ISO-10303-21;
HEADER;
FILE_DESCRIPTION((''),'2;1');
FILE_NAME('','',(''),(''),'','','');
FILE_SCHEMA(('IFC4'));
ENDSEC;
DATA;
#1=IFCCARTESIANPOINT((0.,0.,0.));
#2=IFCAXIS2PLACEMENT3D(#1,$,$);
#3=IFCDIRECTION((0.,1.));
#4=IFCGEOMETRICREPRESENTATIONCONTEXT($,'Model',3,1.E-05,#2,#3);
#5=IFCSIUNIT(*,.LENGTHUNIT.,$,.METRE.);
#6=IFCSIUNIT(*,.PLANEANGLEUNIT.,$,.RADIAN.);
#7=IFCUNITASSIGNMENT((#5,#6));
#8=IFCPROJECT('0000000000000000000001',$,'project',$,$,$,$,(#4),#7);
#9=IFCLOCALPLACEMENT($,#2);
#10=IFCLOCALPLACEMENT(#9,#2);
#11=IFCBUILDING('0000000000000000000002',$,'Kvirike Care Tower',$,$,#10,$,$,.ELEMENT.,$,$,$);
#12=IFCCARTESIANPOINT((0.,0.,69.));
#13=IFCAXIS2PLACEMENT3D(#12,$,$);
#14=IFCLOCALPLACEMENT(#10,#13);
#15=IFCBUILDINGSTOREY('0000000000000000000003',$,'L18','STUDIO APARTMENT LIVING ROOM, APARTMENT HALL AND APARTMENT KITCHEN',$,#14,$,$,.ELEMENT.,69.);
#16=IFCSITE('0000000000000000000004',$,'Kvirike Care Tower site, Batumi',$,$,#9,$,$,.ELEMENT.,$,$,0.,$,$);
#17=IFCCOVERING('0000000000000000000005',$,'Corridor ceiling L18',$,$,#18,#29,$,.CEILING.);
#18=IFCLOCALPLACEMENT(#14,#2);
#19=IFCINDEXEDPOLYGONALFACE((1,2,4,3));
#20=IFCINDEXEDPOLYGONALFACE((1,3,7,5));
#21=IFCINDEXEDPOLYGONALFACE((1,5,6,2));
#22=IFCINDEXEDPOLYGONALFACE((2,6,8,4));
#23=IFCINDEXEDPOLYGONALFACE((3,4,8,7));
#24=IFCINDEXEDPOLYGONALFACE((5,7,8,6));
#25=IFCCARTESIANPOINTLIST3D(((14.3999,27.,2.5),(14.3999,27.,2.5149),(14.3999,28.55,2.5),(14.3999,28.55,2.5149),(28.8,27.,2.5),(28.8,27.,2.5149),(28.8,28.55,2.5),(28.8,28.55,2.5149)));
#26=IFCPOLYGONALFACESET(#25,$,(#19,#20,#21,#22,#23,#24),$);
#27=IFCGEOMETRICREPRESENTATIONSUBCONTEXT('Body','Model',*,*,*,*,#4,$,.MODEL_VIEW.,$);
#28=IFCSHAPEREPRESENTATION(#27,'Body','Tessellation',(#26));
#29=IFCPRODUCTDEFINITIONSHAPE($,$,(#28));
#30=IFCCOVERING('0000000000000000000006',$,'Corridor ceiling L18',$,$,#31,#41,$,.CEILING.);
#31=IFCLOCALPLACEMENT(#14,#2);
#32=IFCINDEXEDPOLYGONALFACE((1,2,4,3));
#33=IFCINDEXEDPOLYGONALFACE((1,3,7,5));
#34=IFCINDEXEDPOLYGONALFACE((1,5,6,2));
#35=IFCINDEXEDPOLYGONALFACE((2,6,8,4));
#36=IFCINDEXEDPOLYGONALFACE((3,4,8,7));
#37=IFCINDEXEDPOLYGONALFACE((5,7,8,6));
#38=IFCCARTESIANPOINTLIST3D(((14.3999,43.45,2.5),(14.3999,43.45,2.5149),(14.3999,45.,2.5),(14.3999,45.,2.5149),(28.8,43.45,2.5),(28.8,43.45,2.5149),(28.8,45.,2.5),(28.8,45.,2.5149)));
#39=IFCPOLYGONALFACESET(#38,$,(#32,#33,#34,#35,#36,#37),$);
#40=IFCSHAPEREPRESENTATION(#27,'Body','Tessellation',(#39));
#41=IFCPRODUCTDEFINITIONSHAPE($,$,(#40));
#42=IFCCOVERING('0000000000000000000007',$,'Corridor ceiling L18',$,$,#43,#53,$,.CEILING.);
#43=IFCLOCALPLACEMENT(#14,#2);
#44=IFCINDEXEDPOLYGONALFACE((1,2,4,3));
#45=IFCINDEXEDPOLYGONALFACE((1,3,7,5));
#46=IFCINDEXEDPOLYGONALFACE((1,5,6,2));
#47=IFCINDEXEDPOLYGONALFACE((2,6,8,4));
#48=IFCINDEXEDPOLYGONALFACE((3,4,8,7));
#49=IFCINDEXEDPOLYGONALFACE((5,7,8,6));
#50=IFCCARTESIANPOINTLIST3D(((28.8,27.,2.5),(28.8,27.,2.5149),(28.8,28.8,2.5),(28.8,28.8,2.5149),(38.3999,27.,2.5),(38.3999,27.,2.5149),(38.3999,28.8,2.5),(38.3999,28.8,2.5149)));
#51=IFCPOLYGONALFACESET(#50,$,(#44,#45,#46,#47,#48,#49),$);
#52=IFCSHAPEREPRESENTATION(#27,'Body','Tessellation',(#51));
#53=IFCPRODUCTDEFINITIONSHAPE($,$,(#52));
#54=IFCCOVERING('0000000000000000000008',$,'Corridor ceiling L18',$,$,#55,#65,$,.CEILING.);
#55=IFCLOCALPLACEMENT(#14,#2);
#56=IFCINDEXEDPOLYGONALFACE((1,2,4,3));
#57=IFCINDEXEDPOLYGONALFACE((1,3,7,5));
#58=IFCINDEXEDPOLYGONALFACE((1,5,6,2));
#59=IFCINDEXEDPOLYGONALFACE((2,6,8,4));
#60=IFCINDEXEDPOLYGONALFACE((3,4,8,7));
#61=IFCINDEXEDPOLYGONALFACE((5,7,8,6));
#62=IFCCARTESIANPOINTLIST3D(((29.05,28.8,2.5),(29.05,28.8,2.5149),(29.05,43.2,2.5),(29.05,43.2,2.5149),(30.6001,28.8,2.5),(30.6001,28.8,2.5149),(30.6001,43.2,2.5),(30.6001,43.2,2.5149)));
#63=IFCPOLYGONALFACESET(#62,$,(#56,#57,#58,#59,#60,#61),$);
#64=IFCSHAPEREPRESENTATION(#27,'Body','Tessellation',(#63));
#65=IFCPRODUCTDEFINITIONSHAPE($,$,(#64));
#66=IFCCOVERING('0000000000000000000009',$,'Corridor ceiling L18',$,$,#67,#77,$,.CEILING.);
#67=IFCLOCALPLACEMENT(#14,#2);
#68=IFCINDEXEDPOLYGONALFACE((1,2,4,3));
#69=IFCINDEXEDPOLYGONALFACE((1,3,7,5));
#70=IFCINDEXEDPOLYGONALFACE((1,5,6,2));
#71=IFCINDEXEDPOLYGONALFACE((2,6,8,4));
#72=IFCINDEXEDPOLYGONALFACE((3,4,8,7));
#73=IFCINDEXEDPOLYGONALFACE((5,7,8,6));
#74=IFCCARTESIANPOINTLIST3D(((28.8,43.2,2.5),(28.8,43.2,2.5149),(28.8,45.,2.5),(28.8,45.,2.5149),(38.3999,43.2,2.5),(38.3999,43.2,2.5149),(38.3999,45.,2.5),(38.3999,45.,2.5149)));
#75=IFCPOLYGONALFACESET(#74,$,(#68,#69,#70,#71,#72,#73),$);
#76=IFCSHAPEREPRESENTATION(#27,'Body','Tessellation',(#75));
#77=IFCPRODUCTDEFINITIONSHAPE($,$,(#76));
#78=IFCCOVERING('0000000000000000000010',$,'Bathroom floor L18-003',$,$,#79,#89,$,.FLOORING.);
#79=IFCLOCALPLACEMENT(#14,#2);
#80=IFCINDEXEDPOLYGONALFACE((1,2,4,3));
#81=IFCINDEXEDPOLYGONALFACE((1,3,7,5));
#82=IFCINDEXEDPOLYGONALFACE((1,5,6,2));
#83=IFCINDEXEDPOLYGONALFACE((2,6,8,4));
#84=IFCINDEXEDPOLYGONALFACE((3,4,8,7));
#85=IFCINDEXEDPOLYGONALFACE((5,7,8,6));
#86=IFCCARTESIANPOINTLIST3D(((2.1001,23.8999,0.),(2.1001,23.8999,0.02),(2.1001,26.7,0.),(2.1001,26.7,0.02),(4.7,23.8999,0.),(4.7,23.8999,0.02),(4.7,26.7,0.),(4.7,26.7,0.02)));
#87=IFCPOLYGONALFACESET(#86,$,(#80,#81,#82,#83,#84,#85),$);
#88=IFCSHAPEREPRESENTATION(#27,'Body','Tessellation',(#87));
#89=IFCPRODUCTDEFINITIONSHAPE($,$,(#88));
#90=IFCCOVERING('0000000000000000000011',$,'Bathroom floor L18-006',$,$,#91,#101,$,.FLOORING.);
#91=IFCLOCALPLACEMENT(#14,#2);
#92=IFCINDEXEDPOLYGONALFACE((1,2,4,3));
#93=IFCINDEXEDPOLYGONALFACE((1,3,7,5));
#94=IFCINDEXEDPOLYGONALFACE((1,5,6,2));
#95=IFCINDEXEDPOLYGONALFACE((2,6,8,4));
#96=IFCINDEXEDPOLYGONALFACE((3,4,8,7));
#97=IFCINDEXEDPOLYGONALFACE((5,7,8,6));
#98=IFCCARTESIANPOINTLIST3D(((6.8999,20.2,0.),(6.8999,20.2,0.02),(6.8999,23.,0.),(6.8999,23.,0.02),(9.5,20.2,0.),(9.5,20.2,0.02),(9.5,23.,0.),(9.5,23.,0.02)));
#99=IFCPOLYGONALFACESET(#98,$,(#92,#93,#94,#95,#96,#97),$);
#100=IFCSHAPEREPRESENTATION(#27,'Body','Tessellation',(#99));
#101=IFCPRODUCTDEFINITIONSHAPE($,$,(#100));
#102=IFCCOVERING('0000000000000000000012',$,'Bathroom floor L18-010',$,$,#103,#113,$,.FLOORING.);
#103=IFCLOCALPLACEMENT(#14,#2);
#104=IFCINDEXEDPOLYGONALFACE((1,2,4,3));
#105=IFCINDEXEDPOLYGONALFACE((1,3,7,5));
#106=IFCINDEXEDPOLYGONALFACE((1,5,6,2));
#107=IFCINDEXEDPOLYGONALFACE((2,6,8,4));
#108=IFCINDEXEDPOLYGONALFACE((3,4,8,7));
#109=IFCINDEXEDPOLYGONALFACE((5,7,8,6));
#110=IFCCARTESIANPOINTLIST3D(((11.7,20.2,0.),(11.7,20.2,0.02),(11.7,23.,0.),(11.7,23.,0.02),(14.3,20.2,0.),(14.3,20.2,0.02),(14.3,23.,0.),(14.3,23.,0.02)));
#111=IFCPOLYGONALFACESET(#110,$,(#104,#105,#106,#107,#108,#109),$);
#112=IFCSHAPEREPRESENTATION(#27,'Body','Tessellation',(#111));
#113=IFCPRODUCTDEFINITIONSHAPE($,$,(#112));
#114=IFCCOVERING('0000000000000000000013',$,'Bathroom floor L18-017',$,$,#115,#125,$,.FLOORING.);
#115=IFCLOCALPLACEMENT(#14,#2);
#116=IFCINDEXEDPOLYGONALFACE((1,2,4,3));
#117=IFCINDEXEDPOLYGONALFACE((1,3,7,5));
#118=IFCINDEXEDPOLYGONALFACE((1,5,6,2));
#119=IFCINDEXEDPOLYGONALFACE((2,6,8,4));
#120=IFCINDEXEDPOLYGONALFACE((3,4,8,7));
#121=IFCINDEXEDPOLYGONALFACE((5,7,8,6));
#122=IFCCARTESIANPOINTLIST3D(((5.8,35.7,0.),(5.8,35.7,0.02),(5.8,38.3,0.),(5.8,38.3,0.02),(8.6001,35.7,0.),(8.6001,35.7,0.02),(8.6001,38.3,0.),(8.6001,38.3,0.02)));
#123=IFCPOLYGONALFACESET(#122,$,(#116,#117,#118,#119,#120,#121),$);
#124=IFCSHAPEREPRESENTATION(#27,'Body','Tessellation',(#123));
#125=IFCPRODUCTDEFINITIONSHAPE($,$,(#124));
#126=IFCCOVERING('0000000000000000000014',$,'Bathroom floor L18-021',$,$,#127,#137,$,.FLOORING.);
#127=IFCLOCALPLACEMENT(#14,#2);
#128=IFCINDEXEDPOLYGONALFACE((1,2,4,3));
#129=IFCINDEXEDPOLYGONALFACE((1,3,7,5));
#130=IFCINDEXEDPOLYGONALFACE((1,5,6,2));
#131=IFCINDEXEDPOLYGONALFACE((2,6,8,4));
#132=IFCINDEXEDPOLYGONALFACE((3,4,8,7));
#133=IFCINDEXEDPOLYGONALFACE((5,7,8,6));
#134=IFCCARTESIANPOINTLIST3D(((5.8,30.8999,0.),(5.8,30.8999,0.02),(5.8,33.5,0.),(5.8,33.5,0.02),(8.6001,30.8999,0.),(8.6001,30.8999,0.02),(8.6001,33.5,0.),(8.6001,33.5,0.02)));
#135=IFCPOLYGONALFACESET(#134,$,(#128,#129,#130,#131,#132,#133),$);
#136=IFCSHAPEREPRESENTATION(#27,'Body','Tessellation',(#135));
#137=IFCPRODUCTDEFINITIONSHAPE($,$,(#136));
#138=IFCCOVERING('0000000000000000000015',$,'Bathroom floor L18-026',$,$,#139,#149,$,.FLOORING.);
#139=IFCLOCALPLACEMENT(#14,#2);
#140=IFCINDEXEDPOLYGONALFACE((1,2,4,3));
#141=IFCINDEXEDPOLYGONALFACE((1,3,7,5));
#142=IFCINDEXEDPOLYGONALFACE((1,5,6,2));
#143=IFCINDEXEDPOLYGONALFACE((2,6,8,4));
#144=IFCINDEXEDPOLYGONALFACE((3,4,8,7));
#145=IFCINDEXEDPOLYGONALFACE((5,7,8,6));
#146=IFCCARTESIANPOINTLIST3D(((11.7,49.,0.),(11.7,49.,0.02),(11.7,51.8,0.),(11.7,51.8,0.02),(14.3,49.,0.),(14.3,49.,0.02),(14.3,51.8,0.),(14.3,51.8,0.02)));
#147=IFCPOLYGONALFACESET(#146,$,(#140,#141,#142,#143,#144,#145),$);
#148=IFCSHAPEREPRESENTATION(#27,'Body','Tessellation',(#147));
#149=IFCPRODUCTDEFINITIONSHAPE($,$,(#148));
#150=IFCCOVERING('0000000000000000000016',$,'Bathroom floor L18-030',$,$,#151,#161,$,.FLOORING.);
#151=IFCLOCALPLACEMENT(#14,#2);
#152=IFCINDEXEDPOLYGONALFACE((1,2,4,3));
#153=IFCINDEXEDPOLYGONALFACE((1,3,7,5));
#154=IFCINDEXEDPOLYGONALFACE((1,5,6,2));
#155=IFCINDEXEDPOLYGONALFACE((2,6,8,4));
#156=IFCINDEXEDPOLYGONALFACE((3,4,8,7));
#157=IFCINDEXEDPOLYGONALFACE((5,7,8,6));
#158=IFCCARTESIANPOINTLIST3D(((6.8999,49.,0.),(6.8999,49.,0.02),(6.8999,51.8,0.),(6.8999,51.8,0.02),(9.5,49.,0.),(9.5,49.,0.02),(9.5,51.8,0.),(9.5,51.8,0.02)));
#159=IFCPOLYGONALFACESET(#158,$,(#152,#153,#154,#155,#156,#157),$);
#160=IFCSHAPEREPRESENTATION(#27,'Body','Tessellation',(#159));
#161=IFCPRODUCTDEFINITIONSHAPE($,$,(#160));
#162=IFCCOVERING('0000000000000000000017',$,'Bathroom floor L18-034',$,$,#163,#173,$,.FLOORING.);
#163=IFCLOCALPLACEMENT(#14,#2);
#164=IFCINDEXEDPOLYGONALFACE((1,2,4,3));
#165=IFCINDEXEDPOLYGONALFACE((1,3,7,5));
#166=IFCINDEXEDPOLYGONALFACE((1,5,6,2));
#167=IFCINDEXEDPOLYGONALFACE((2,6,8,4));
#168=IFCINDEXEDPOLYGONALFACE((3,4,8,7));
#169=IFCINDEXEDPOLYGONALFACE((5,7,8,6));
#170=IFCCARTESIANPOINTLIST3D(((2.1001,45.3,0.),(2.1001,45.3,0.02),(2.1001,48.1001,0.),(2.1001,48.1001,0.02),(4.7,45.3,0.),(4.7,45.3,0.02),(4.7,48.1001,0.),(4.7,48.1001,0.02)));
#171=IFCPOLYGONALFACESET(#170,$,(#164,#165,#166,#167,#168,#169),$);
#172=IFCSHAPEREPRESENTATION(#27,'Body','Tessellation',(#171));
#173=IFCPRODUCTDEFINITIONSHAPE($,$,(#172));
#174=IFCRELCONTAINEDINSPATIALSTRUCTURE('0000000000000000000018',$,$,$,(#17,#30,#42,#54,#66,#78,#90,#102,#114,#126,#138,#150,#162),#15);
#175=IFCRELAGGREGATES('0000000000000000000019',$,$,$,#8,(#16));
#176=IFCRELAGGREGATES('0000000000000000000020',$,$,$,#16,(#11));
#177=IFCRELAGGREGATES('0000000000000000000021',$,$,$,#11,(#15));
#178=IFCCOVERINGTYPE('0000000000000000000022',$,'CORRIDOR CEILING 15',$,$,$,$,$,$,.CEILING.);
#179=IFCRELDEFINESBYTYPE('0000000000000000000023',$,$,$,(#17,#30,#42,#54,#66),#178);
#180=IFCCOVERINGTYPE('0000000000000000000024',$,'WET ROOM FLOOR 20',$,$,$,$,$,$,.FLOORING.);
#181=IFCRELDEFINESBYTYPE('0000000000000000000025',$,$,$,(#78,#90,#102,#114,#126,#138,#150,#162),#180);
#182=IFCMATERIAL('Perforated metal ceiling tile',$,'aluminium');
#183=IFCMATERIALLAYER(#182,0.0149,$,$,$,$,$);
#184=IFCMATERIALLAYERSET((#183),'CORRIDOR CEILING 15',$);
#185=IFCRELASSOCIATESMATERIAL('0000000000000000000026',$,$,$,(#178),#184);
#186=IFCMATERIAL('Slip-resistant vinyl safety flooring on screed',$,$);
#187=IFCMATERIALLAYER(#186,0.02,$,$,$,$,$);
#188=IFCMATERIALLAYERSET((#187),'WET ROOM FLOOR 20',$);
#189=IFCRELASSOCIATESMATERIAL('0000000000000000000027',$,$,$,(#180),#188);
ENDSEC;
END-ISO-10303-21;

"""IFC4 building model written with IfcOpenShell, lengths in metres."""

from ifc_helpers import new_model, si_unit, direction, frame, origin, place, context, subcontext, project, spatial, polyline, outline, extrude, material, layer, layer_set, type_object, element, save


model = new_model("IFC4")

# Units and contexts
model_context = context("Model", 3, precision=1e-05, world=origin(), true_north=direction((0.0, 1.0)))
body_context = subcontext(model_context, "Body", "Model", "MODEL_VIEW")
ifc_project = project(units=[si_unit("LENGTHUNIT", "METRE"), si_unit("PLANEANGLEUNIT", "RADIAN")], contexts=[model_context])

# Site, building, storey
site_placement = place(None, origin())
site = spatial("IfcSite", under=ifc_project, at=site_placement, Name="Kvirike Care Tower site, Batumi", CompositionType="ELEMENT", RefElevation=0.0)
building_placement = place(site_placement, origin())
building = spatial("IfcBuilding", under=site, at=building_placement, Name="Kvirike Care Tower", CompositionType="ELEMENT")
storey_placement = place(building_placement, frame((0.0, 0.0, 69.0)))
storey = spatial("IfcBuildingStorey", under=building, at=storey_placement, Name="L18", Description="STUDIO APARTMENT LIVING ROOM, APARTMENT HALL AND APARTMENT KITCHEN", CompositionType="ELEMENT", Elevation=69.0)

# Coverings
ifc_material_1 = material(Name="Perforated metal ceiling tile", Category="aluminium")
ifc_layer_1 = layer(ifc_material_1, 0.0149)
ifc_layer_set_1 = layer_set([ifc_layer_1], Name="CORRIDOR CEILING 15")
covering_type_1 = type_object("IfcCoveringType", Name="CORRIDOR CEILING 15", PredefinedType="CEILING", material=ifc_layer_set_1)
covering_1_placement = place(storey_placement, frame((0.0, 0.0, 2.5)))
element("IfcCovering", 1, at=covering_1_placement, inside=storey, type_object=covering_type_1, Name="Corridor ceiling L18", PredefinedType="CEILING", context=body_context, shape_type="SweptSolid", body=[
    extrude(outline(polyline([(14.3999, 27.0), (14.3999, 28.55), (28.8, 28.55), (28.8, 27.0), (14.3999, 27.0)])), origin(), (0.0, 0.0, 1.0), 0.0149),
])
covering_2_placement = place(storey_placement, frame((0.0, 0.0, 2.5)))
element("IfcCovering", 2, at=covering_2_placement, inside=storey, type_object=covering_type_1, Name="Corridor ceiling L18", PredefinedType="CEILING", context=body_context, shape_type="SweptSolid", body=[
    extrude(outline(polyline([(28.8, 45.0), (28.8, 43.45), (14.3999, 43.45), (14.3999, 45.0), (28.8, 45.0)])), origin(), (0.0, 0.0, 1.0), 0.0149),
])
covering_3_placement = place(storey_placement, frame((0.0, 0.0, 2.5)))
element("IfcCovering", 3, at=covering_3_placement, inside=storey, type_object=covering_type_1, Name="Corridor ceiling L18", PredefinedType="CEILING", context=body_context, shape_type="SweptSolid", body=[
    extrude(outline(polyline([(28.8, 27.0), (28.8, 28.8), (38.3999, 28.8), (38.3999, 27.0), (28.8, 27.0)])), origin(), (0.0, 0.0, 1.0), 0.0149),
])
covering_4_placement = place(storey_placement, frame((0.0, 0.0, 2.5)))
element("IfcCovering", 4, at=covering_4_placement, inside=storey, type_object=covering_type_1, Name="Corridor ceiling L18", PredefinedType="CEILING", context=body_context, shape_type="SweptSolid", body=[
    extrude(outline(polyline([(30.6001, 28.8), (29.05, 28.8), (29.05, 43.2), (30.6001, 43.2), (30.6001, 28.8)])), origin(), (0.0, 0.0, 1.0), 0.0149),
])
covering_5_placement = place(storey_placement, frame((0.0, 0.0, 2.5)))
element("IfcCovering", 5, at=covering_5_placement, inside=storey, type_object=covering_type_1, Name="Corridor ceiling L18", PredefinedType="CEILING", context=body_context, shape_type="SweptSolid", body=[
    extrude(outline(polyline([(38.3999, 45.0), (38.3999, 43.2), (28.8, 43.2), (28.8, 45.0), (38.3999, 45.0)])), origin(), (0.0, 0.0, 1.0), 0.0149),
])
ifc_material_2 = material(Name="Slip-resistant vinyl safety flooring on screed")
ifc_layer_2 = layer(ifc_material_2, 0.02)
ifc_layer_set_2 = layer_set([ifc_layer_2], Name="WET ROOM FLOOR 20")
covering_type_2 = type_object("IfcCoveringType", Name="WET ROOM FLOOR 20", PredefinedType="FLOORING", material=ifc_layer_set_2)
covering_6_placement = place(storey_placement, origin())
element("IfcCovering", 6, at=covering_6_placement, inside=storey, type_object=covering_type_2, Name="Bathroom floor L18-003", PredefinedType="FLOORING", context=body_context, shape_type="SweptSolid", body=[
    extrude(outline(polyline([(2.1001, 23.8999), (2.1001, 26.7), (4.7, 26.7), (4.7, 23.8999), (2.1001, 23.8999)])), origin(), (0.0, 0.0, 1.0), 0.02),
])
covering_7_placement = place(storey_placement, origin())
element("IfcCovering", 7, at=covering_7_placement, inside=storey, type_object=covering_type_2, Name="Bathroom floor L18-006", PredefinedType="FLOORING", context=body_context, shape_type="SweptSolid", body=[
    extrude(outline(polyline([(6.8999, 20.2), (6.8999, 23.0), (9.5, 23.0), (9.5, 20.2), (6.8999, 20.2)])), origin(), (0.0, 0.0, 1.0), 0.02),
])
covering_8_placement = place(storey_placement, origin())
element("IfcCovering", 8, at=covering_8_placement, inside=storey, type_object=covering_type_2, Name="Bathroom floor L18-010", PredefinedType="FLOORING", context=body_context, shape_type="SweptSolid", body=[
    extrude(outline(polyline([(11.7, 20.2), (11.7, 23.0), (14.3, 23.0), (14.3, 20.2), (11.7, 20.2)])), origin(), (0.0, 0.0, 1.0), 0.02),
])
covering_9_placement = place(storey_placement, origin())
element("IfcCovering", 9, at=covering_9_placement, inside=storey, type_object=covering_type_2, Name="Bathroom floor L18-017", PredefinedType="FLOORING", context=body_context, shape_type="SweptSolid", body=[
    extrude(outline(polyline([(5.8, 38.3), (8.6001, 38.3), (8.6001, 35.7), (5.8, 35.7), (5.8, 38.3)])), origin(), (0.0, 0.0, 1.0), 0.02),
])
covering_10_placement = place(storey_placement, origin())
element("IfcCovering", 10, at=covering_10_placement, inside=storey, type_object=covering_type_2, Name="Bathroom floor L18-021", PredefinedType="FLOORING", context=body_context, shape_type="SweptSolid", body=[
    extrude(outline(polyline([(5.8, 33.5), (8.6001, 33.5), (8.6001, 30.8999), (5.8, 30.8999), (5.8, 33.5)])), origin(), (0.0, 0.0, 1.0), 0.02),
])
covering_11_placement = place(storey_placement, origin())
element("IfcCovering", 11, at=covering_11_placement, inside=storey, type_object=covering_type_2, Name="Bathroom floor L18-026", PredefinedType="FLOORING", context=body_context, shape_type="SweptSolid", body=[
    extrude(outline(polyline([(14.3, 51.8), (14.3, 49.0), (11.7, 49.0), (11.7, 51.8), (14.3, 51.8)])), origin(), (0.0, 0.0, 1.0), 0.02),
])
covering_12_placement = place(storey_placement, origin())
element("IfcCovering", 12, at=covering_12_placement, inside=storey, type_object=covering_type_2, Name="Bathroom floor L18-030", PredefinedType="FLOORING", context=body_context, shape_type="SweptSolid", body=[
    extrude(outline(polyline([(9.5, 51.8), (9.5, 49.0), (6.8999, 49.0), (6.8999, 51.8), (9.5, 51.8)])), origin(), (0.0, 0.0, 1.0), 0.02),
])
covering_13_placement = place(storey_placement, origin())
element("IfcCovering", 13, at=covering_13_placement, inside=storey, type_object=covering_type_2, Name="Bathroom floor L18-034", PredefinedType="FLOORING", context=body_context, shape_type="SweptSolid", body=[
    extrude(outline(polyline([(4.7, 48.1001), (4.7, 45.3), (2.1001, 45.3), (2.1001, 48.1001), (4.7, 48.1001)])), origin(), (0.0, 0.0, 1.0), 0.02),
])

save(model, "model.ifc")
